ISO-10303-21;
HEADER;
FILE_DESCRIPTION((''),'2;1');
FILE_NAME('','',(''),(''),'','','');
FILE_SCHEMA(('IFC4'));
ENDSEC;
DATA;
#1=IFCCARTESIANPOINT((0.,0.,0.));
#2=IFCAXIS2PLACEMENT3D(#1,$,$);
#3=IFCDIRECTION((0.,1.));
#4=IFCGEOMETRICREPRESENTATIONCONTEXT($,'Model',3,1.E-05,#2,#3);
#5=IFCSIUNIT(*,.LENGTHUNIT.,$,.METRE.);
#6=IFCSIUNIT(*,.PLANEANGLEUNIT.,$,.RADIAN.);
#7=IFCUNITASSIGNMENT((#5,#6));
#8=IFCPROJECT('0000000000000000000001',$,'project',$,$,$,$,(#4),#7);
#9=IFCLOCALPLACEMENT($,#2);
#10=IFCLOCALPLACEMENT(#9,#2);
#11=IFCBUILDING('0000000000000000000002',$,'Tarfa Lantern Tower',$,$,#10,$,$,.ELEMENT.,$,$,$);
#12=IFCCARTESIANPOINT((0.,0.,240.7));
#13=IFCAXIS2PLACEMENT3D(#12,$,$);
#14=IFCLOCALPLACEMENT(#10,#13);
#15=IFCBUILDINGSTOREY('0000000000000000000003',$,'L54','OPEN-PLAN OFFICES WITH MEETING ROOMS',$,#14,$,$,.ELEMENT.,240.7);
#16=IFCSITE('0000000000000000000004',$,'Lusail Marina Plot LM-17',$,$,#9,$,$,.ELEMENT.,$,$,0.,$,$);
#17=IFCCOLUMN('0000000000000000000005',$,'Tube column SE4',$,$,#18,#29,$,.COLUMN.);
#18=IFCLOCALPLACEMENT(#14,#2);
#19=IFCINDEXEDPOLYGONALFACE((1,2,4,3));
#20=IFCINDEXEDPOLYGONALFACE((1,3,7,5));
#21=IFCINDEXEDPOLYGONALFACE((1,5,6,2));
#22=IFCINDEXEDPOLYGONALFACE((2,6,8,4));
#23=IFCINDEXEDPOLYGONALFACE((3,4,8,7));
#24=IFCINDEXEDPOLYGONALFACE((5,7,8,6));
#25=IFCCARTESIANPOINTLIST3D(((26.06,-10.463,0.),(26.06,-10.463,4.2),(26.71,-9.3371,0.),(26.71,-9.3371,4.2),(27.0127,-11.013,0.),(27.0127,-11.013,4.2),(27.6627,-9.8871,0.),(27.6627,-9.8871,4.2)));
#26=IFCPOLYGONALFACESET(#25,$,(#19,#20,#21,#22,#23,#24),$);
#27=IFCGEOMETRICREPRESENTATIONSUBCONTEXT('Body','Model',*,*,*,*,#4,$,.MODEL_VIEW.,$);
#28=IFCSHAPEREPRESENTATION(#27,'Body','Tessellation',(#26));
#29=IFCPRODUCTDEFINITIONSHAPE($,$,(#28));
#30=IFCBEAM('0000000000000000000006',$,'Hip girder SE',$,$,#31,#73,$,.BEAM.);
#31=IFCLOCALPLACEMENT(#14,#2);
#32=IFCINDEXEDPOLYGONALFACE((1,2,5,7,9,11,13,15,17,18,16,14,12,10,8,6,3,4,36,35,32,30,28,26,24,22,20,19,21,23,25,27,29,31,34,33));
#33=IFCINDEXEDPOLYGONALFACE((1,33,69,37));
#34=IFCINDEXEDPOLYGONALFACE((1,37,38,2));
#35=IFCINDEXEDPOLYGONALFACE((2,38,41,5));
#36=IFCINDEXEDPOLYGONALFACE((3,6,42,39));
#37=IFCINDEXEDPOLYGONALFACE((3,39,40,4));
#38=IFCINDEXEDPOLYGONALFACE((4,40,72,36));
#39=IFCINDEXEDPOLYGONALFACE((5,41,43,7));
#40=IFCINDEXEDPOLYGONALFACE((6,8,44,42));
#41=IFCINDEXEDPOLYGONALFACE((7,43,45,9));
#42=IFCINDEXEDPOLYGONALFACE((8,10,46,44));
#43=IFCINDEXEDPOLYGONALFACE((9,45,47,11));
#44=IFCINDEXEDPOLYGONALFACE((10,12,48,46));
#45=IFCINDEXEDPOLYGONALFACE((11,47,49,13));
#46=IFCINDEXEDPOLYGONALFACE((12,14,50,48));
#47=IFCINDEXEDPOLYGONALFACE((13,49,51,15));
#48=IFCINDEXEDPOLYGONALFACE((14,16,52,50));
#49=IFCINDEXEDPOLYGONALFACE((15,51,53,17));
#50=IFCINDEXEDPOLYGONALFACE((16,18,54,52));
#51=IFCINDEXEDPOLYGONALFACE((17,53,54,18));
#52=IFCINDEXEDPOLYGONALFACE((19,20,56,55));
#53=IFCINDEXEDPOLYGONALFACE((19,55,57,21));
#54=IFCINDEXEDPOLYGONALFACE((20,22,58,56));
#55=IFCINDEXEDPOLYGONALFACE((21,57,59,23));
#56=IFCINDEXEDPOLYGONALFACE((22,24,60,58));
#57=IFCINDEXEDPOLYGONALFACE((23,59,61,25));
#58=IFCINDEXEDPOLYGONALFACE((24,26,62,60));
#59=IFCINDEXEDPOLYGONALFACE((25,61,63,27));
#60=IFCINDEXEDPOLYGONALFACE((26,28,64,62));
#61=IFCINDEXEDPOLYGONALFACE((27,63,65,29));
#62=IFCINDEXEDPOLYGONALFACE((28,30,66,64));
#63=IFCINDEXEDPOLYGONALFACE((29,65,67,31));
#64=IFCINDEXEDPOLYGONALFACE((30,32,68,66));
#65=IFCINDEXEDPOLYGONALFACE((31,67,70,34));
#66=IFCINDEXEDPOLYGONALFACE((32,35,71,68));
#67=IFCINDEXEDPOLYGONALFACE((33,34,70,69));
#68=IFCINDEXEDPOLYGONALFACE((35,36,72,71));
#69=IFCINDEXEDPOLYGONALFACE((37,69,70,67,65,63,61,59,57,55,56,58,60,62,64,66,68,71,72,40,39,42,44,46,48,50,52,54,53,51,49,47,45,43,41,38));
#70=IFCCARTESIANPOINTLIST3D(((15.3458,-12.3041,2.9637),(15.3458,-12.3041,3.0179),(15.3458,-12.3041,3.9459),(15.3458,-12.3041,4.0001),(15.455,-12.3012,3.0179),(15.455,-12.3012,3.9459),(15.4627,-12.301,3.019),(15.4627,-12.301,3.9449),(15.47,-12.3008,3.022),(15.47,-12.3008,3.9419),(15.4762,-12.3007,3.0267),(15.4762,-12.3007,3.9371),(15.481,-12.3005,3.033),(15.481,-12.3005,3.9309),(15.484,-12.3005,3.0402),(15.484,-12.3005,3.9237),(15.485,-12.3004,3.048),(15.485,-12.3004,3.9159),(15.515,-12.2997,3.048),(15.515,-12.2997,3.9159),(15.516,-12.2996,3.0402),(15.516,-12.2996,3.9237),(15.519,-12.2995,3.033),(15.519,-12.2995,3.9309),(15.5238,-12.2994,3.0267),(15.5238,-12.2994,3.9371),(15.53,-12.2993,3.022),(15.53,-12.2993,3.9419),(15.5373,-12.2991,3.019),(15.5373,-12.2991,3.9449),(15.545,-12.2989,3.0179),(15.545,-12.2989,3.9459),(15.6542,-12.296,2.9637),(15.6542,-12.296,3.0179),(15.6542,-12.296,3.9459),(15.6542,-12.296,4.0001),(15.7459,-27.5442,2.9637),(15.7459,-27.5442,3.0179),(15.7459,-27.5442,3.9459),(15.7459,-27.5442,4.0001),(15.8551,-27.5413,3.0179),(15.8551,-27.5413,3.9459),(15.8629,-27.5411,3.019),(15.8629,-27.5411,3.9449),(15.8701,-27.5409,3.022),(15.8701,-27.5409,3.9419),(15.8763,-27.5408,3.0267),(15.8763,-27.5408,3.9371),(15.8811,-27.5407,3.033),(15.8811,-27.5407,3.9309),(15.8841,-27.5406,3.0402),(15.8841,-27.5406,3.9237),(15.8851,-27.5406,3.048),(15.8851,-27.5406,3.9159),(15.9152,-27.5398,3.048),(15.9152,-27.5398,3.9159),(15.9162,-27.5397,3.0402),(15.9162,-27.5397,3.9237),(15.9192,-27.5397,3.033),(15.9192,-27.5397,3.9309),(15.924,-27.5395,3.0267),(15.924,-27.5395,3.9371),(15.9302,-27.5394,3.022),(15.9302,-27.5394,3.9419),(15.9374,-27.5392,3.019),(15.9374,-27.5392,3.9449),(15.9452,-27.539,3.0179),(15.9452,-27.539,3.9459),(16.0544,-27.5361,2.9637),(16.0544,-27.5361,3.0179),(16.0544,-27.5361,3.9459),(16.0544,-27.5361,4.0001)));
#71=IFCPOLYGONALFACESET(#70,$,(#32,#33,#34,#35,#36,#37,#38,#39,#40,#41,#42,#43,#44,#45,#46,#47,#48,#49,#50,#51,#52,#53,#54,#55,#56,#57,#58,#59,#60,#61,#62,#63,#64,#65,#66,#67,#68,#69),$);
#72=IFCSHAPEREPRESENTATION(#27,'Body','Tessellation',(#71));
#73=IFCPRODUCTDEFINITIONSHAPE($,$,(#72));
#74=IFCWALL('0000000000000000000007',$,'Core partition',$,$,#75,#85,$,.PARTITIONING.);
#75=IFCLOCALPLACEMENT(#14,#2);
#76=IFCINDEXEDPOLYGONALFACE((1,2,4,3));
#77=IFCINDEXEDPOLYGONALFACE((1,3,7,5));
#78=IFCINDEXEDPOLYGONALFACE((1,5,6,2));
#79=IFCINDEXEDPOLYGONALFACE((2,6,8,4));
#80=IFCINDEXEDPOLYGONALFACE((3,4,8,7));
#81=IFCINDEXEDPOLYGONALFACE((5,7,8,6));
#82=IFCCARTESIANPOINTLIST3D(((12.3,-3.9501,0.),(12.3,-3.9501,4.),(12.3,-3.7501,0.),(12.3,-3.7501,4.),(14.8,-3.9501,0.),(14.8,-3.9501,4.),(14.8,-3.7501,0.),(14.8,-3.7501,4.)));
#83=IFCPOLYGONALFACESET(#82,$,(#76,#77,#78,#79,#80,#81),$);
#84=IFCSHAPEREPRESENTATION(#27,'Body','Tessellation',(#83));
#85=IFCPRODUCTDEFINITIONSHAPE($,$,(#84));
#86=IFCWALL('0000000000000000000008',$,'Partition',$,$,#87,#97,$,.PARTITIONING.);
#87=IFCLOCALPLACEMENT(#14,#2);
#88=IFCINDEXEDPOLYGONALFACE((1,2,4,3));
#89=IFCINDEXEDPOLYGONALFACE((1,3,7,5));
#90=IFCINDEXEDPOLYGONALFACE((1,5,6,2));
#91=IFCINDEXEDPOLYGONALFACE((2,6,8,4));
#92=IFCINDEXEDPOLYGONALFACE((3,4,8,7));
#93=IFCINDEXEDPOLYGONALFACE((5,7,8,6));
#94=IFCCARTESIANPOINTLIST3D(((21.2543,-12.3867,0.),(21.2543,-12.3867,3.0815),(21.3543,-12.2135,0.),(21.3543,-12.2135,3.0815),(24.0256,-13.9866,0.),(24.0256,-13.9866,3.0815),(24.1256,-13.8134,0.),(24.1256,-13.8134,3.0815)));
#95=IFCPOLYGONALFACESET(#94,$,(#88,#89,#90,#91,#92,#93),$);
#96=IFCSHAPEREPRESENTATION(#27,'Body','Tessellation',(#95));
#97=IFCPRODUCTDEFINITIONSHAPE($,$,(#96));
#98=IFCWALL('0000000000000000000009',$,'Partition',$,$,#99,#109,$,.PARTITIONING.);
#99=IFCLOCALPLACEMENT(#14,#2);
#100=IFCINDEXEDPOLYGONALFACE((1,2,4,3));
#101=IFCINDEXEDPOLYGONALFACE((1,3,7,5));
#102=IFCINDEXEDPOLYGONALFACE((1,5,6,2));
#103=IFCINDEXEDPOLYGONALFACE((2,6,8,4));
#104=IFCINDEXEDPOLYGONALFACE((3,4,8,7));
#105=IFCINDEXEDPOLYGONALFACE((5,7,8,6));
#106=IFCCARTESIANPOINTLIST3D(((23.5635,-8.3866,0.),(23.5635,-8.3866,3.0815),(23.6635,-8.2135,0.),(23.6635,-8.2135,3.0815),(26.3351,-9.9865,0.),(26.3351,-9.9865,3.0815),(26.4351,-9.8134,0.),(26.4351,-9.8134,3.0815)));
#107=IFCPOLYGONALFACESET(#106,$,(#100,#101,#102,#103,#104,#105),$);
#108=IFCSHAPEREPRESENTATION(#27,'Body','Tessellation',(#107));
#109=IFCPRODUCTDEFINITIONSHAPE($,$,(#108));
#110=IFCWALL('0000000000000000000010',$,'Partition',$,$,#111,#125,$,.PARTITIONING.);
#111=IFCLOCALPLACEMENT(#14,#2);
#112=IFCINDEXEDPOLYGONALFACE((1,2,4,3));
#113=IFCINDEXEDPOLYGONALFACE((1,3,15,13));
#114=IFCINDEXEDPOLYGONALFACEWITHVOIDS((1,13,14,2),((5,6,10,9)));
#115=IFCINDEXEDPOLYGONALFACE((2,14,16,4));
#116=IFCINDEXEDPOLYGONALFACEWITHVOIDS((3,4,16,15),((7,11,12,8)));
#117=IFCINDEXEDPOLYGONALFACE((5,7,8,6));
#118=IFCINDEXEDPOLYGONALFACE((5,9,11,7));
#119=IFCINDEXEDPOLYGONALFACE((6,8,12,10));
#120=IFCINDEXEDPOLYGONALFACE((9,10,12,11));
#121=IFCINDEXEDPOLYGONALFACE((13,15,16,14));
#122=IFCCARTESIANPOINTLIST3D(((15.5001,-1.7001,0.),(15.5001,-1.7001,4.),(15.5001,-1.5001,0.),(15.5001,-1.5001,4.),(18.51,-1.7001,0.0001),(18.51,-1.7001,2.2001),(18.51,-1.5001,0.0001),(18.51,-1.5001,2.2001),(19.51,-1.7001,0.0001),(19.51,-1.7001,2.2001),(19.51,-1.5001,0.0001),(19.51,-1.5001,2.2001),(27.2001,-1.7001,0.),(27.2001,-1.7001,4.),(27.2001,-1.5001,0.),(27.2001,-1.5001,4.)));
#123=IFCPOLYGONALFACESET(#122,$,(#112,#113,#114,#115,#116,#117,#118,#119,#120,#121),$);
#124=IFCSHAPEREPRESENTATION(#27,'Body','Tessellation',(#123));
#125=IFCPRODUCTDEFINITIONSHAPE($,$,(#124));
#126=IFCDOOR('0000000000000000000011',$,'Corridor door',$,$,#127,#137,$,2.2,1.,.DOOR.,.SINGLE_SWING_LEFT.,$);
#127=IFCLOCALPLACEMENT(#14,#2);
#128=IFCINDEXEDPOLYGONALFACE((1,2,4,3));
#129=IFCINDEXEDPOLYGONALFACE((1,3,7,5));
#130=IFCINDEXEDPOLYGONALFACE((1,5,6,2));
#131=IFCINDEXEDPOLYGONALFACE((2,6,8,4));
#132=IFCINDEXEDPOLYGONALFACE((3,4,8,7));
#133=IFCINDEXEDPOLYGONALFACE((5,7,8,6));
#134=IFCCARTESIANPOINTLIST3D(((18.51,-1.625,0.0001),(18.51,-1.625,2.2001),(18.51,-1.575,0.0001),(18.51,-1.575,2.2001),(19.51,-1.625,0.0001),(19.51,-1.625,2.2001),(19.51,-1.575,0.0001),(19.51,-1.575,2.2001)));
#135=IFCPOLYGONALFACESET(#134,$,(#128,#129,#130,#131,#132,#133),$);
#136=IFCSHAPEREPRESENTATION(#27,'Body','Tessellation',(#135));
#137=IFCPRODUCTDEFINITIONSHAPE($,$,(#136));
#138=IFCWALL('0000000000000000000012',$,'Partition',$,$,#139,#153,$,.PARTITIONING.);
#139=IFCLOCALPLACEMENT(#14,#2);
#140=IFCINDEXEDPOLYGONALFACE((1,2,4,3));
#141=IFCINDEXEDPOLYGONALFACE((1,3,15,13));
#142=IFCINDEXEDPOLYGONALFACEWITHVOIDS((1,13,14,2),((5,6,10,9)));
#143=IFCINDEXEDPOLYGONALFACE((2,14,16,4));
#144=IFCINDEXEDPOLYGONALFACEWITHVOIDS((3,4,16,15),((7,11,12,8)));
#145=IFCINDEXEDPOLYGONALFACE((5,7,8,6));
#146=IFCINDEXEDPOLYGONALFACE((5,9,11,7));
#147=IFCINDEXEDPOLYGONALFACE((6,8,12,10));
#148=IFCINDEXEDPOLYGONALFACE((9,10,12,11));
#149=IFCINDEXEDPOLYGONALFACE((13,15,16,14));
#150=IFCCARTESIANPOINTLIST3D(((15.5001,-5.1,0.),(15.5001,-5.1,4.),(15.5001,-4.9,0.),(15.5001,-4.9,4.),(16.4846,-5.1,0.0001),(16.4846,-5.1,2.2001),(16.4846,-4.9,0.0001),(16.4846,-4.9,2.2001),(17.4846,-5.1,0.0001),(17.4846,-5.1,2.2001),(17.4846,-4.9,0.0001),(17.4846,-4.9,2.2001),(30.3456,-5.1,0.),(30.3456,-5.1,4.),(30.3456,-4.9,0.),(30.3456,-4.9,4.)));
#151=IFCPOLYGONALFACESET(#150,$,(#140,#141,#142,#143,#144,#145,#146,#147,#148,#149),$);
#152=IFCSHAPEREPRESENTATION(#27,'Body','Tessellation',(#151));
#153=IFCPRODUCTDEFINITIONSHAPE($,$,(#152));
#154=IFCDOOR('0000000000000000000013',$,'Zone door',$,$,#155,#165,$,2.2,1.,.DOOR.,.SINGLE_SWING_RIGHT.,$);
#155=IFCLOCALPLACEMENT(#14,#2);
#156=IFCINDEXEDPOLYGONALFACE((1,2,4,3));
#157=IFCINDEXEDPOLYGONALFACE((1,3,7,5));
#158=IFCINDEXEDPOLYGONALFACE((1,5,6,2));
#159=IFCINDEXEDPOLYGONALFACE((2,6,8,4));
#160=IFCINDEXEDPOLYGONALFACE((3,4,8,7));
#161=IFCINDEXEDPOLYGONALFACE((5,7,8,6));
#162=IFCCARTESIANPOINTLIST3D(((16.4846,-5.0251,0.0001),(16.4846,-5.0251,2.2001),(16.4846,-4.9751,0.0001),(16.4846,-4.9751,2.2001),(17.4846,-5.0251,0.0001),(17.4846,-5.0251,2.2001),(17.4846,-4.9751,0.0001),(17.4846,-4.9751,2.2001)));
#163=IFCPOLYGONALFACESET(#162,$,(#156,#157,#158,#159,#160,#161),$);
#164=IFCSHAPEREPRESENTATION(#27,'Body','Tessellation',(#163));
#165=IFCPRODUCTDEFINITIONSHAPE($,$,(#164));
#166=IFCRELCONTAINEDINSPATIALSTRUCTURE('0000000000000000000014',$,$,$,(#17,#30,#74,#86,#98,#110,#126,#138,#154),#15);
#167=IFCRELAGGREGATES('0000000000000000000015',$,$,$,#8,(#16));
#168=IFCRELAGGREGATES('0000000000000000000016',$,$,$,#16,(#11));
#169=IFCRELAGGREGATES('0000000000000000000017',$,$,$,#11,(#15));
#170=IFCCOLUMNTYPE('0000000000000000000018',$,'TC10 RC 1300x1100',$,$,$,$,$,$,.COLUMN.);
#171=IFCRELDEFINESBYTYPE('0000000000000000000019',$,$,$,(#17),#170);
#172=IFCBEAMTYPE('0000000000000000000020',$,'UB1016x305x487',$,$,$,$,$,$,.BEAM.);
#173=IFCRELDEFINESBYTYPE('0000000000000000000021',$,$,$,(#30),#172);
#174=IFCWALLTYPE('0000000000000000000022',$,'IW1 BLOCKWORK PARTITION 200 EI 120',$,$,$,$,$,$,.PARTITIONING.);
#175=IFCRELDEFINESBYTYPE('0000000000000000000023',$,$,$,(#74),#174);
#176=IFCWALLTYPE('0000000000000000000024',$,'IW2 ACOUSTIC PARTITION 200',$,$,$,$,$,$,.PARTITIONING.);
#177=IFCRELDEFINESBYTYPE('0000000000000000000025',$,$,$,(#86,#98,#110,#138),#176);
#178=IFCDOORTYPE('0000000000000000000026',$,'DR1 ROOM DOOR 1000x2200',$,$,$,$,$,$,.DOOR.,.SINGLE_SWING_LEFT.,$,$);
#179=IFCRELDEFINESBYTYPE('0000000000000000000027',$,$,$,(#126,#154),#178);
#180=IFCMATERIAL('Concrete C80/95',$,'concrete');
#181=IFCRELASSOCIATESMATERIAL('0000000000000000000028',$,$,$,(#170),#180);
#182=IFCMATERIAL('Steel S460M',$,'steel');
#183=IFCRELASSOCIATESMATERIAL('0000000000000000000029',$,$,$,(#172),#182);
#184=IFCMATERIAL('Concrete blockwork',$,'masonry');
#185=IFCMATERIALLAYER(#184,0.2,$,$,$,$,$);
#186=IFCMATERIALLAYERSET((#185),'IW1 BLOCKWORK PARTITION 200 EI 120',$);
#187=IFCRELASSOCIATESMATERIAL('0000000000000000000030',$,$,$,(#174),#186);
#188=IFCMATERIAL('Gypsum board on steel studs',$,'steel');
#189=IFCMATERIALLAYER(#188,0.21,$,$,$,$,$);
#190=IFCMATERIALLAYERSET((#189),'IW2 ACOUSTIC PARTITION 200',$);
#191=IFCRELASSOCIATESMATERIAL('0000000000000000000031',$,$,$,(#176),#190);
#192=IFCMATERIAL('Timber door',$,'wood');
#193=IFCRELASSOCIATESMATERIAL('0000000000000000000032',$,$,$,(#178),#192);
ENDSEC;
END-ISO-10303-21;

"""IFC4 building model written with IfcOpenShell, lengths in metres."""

from ifc_helpers import new_model, si_unit, direction, frame, frame_2d, origin, origin_2d, place, context, subcontext, project, spatial, rectangle, i_section, extrude, material, layer, layer_set, material_profile, profile_set, type_object, element, fill, save


model = new_model("IFC4")

# Units and contexts
model_context = context("Model", 3, precision=1e-05, world=origin(), true_north=direction((0.0, 1.0)))
body_context = subcontext(model_context, "Body", "Model", "MODEL_VIEW")
ifc_project = project(units=[si_unit("LENGTHUNIT", "METRE"), si_unit("PLANEANGLEUNIT", "RADIAN")], contexts=[model_context])

# Site, building, storey
site_placement = place(None, origin())
site = spatial("IfcSite", under=ifc_project, at=site_placement, Name="Lusail Marina Plot LM-17", CompositionType="ELEMENT", RefElevation=0.0)
building_placement = place(site_placement, origin())
building = spatial("IfcBuilding", under=site, at=building_placement, Name="Tarfa Lantern Tower", CompositionType="ELEMENT")
storey_placement = place(building_placement, frame((0.0, 0.0, 240.7)))
storey = spatial("IfcBuildingStorey", under=building, at=storey_placement, Name="L54", Description="OPEN-PLAN OFFICES WITH MEETING ROOMS", CompositionType="ELEMENT", Elevation=240.7)

# Column
ifc_material_1 = material(Name="Concrete C80/95", Category="concrete")
ifc_material_profile_1 = material_profile(ifc_material_1, rectangle(XDim=1.3, YDim=1.1001, at=origin_2d()), Name="RC 1300x1100")
ifc_profile_set_1 = profile_set([ifc_material_profile_1], Name="Concrete C80/95")
column_type = type_object("IfcColumnType", Name="TC10 RC 1300x1100", PredefinedType="COLUMN", material=ifc_profile_set_1)
column_placement = place(storey_placement, frame((26.8613, -10.175, 0.0), z_axis=(0.0, 0.0, 1.0), x_axis=(0.5, 0.866025, 0.0)))
element("IfcColumn", 1, at=column_placement, inside=storey, type_object=column_type, Name="Tube column SE4", PredefinedType="COLUMN", context=body_context, shape_type="SweptSolid", body=[
    extrude(rectangle(XDim=1.3, YDim=1.1001, at=origin_2d()), origin(), (0.0, 0.0, 1.0), 4.2),
])

# Beam
ifc_material_2 = material(Name="Steel S460M", Category="steel")
ifc_material_profile_2 = material_profile(ifc_material_2, i_section(OverallWidth=0.3086, OverallDepth=1.0364, WebThickness=0.03, FlangeThickness=0.0542, FilletRadius=0.03, at=origin_2d()), Name="UB1016x305x487")
ifc_profile_set_2 = profile_set([ifc_material_profile_2], Name="Steel S460M")
beam_type = type_object("IfcBeamType", Name="UB1016x305x487", PredefinedType="BEAM", material=ifc_profile_set_2)
beam_placement = place(storey_placement, frame((15.5, -12.3, 3.4819), z_axis=(0.026247, -0.999655, 0.0), x_axis=(0.999655, 0.026247, 0.0)))
element("IfcBeam", 2, at=beam_placement, inside=storey, type_object=beam_type, Name="Hip girder SE", PredefinedType="BEAM", context=body_context, shape_type="SweptSolid", body=[
    extrude(i_section(OverallWidth=0.3086, OverallDepth=1.0364, WebThickness=0.03, FlangeThickness=0.0542, FilletRadius=0.03, at=origin_2d()), origin(), (0.0, 0.0, 1.0), 15.2454),
])

# Walls
ifc_material_3 = material(Name="Concrete blockwork", Category="masonry")
ifc_layer_1 = layer(ifc_material_3, 0.2)
ifc_layer_set_1 = layer_set([ifc_layer_1], Name="IW1 BLOCKWORK PARTITION 200 EI 120")
wall_type_1 = type_object("IfcWallType", Name="IW1 BLOCKWORK PARTITION 200 EI 120", PredefinedType="PARTITIONING", material=ifc_layer_set_1)
wall_1_placement = place(storey_placement, frame((14.8, -3.8501, 0.0), z_axis=(0.0, 0.0, 1.0), x_axis=(-1.0, 0.0, 0.0)))
element("IfcWall", 3, at=wall_1_placement, inside=storey, type_object=wall_type_1, Name="Core partition", PredefinedType="PARTITIONING", context=body_context, shape_type="SweptSolid", body=[
    extrude(rectangle(XDim=2.5, YDim=0.2, at=frame_2d((1.25, 0.0))), origin(), (0.0, 0.0, 1.0), 4.0),
])
ifc_material_4 = material(Name="Gypsum board on steel studs", Category="steel")
ifc_layer_2 = layer(ifc_material_4, 0.21)
ifc_layer_set_2 = layer_set([ifc_layer_2], Name="IW2 ACOUSTIC PARTITION 200")
wall_type_2 = type_object("IfcWallType", Name="IW2 ACOUSTIC PARTITION 200", PredefinedType="PARTITIONING", material=ifc_layer_set_2)
wall_2_placement = place(storey_placement, frame((21.3042, -12.3, 0.0), z_axis=(0.0, 0.0, 1.0), x_axis=(0.866042, -0.499971, 0.0)))
element("IfcWall", 4, at=wall_2_placement, inside=storey, type_object=wall_type_2, Name="Partition", PredefinedType="PARTITIONING", context=body_context, shape_type="SweptSolid", body=[
    extrude(rectangle(XDim=3.2, YDim=0.2, at=frame_2d((1.6001, 0.0))), origin(), (0.0, 0.0, 1.0), 3.0815),
])
wall_3_placement = place(storey_placement, frame((23.6135, -8.3, 0.0), z_axis=(0.0, 0.0, 1.0), x_axis=(0.866061, -0.499938, 0.0)))
element("IfcWall", 5, at=wall_3_placement, inside=storey, type_object=wall_type_2, Name="Partition", PredefinedType="PARTITIONING", context=body_context, shape_type="SweptSolid", body=[
    extrude(rectangle(XDim=3.2002, YDim=0.2, at=frame_2d((1.6001, 0.0))), origin(), (0.0, 0.0, 1.0), 3.0815),
])

# Walls, openings, doors
wall_4_placement = place(storey_placement, frame((15.5, -1.6001, 0.0), z_axis=(0.0, 0.0, 1.0), x_axis=(1.0, 0.0, 0.0)))
wall_4 = element("IfcWall", 6, at=wall_4_placement, inside=storey, type_object=wall_type_2, Name="Partition", PredefinedType="PARTITIONING", context=body_context, shape_type="SweptSolid", body=[
    extrude(rectangle(XDim=11.7, YDim=0.2, at=frame_2d((5.8501, 0.0))), origin(), (0.0, 0.0, 1.0), 4.0),
])
opening_1_placement = place(wall_4_placement, frame((3.01, 0.0, 0.0)))
opening_1 = element("IfcOpeningElement", 7, at=opening_1_placement, cuts=wall_4, PredefinedType="OPENING", context=body_context, shape_type="SweptSolid", body=[
    extrude(rectangle(XDim=1.0, YDim=2.2, at=frame_2d((0.5, 1.1001))), frame((0.0, 0.1099, 0.0), z_axis=(0.0, -1.0, 0.0), x_axis=(1.0, 0.0, 0.0)), (0.0, 0.0, 1.0), 0.22),
])
ifc_material_5 = material(Name="Timber door", Category="wood")
door_type_1 = type_object("IfcDoorType", Name="DR1 ROOM DOOR 1000x2200", OperationType="SINGLE_SWING_LEFT", PredefinedType="DOOR", material=ifc_material_5)
door_1_placement = place(opening_1_placement, frame((1.0, 0.0, 0.0), z_axis=(0.0, 0.0, 1.0), x_axis=(-1.0, 0.0, 0.0)))
door_1 = element("IfcDoor", 8, at=door_1_placement, inside=storey, type_object=door_type_1, Name="Corridor door", OperationType="SINGLE_SWING_LEFT", OverallHeight=2.2, OverallWidth=1.0, PredefinedType="DOOR", context=body_context, shape_type="SweptSolid", body=[
    extrude(rectangle(XDim=1.0, YDim=2.2, at=frame_2d((0.5, 1.1001))), frame((0.0, 0.0249, 0.0), z_axis=(0.0, -1.0, 0.0), x_axis=(1.0, 0.0, 0.0)), (0.0, 0.0, 1.0), 0.05),
])
fill(opening_1, door_1)
wall_5_placement = place(storey_placement, frame((15.5, -5.0, 0.0), z_axis=(0.0, 0.0, 1.0), x_axis=(1.0, 0.0, 0.0)))
wall_5 = element("IfcWall", 9, at=wall_5_placement, inside=storey, type_object=wall_type_2, Name="Partition", PredefinedType="PARTITIONING", context=body_context, shape_type="SweptSolid", body=[
    extrude(rectangle(XDim=14.8455, YDim=0.2, at=frame_2d((7.4229, 0.0))), origin(), (0.0, 0.0, 1.0), 4.0),
])
opening_2_placement = place(wall_5_placement, frame((0.9846, 0.0, 0.0)))
opening_2 = element("IfcOpeningElement", 10, at=opening_2_placement, cuts=wall_5, PredefinedType="OPENING", context=body_context, shape_type="SweptSolid", body=[
    extrude(rectangle(XDim=1.0, YDim=2.2, at=frame_2d((0.5, 1.1001))), frame((0.0, 0.1099, 0.0), z_axis=(0.0, -1.0, 0.0), x_axis=(1.0, 0.0, 0.0)), (0.0, 0.0, 1.0), 0.22),
])
door_2_placement = place(opening_2_placement, origin())
door_2 = element("IfcDoor", 11, at=door_2_placement, inside=storey, type_object=door_type_1, Name="Zone door", OperationType="SINGLE_SWING_RIGHT", OverallHeight=2.2, OverallWidth=1.0, PredefinedType="DOOR", context=body_context, shape_type="SweptSolid", body=[
    extrude(rectangle(XDim=1.0, YDim=2.2, at=frame_2d((0.5, 1.1001))), frame((0.0, 0.0249, 0.0), z_axis=(0.0, -1.0, 0.0), x_axis=(1.0, 0.0, 0.0)), (0.0, 0.0, 1.0), 0.05),
])
fill(opening_2, door_2)

save(model, "model.ifc")
